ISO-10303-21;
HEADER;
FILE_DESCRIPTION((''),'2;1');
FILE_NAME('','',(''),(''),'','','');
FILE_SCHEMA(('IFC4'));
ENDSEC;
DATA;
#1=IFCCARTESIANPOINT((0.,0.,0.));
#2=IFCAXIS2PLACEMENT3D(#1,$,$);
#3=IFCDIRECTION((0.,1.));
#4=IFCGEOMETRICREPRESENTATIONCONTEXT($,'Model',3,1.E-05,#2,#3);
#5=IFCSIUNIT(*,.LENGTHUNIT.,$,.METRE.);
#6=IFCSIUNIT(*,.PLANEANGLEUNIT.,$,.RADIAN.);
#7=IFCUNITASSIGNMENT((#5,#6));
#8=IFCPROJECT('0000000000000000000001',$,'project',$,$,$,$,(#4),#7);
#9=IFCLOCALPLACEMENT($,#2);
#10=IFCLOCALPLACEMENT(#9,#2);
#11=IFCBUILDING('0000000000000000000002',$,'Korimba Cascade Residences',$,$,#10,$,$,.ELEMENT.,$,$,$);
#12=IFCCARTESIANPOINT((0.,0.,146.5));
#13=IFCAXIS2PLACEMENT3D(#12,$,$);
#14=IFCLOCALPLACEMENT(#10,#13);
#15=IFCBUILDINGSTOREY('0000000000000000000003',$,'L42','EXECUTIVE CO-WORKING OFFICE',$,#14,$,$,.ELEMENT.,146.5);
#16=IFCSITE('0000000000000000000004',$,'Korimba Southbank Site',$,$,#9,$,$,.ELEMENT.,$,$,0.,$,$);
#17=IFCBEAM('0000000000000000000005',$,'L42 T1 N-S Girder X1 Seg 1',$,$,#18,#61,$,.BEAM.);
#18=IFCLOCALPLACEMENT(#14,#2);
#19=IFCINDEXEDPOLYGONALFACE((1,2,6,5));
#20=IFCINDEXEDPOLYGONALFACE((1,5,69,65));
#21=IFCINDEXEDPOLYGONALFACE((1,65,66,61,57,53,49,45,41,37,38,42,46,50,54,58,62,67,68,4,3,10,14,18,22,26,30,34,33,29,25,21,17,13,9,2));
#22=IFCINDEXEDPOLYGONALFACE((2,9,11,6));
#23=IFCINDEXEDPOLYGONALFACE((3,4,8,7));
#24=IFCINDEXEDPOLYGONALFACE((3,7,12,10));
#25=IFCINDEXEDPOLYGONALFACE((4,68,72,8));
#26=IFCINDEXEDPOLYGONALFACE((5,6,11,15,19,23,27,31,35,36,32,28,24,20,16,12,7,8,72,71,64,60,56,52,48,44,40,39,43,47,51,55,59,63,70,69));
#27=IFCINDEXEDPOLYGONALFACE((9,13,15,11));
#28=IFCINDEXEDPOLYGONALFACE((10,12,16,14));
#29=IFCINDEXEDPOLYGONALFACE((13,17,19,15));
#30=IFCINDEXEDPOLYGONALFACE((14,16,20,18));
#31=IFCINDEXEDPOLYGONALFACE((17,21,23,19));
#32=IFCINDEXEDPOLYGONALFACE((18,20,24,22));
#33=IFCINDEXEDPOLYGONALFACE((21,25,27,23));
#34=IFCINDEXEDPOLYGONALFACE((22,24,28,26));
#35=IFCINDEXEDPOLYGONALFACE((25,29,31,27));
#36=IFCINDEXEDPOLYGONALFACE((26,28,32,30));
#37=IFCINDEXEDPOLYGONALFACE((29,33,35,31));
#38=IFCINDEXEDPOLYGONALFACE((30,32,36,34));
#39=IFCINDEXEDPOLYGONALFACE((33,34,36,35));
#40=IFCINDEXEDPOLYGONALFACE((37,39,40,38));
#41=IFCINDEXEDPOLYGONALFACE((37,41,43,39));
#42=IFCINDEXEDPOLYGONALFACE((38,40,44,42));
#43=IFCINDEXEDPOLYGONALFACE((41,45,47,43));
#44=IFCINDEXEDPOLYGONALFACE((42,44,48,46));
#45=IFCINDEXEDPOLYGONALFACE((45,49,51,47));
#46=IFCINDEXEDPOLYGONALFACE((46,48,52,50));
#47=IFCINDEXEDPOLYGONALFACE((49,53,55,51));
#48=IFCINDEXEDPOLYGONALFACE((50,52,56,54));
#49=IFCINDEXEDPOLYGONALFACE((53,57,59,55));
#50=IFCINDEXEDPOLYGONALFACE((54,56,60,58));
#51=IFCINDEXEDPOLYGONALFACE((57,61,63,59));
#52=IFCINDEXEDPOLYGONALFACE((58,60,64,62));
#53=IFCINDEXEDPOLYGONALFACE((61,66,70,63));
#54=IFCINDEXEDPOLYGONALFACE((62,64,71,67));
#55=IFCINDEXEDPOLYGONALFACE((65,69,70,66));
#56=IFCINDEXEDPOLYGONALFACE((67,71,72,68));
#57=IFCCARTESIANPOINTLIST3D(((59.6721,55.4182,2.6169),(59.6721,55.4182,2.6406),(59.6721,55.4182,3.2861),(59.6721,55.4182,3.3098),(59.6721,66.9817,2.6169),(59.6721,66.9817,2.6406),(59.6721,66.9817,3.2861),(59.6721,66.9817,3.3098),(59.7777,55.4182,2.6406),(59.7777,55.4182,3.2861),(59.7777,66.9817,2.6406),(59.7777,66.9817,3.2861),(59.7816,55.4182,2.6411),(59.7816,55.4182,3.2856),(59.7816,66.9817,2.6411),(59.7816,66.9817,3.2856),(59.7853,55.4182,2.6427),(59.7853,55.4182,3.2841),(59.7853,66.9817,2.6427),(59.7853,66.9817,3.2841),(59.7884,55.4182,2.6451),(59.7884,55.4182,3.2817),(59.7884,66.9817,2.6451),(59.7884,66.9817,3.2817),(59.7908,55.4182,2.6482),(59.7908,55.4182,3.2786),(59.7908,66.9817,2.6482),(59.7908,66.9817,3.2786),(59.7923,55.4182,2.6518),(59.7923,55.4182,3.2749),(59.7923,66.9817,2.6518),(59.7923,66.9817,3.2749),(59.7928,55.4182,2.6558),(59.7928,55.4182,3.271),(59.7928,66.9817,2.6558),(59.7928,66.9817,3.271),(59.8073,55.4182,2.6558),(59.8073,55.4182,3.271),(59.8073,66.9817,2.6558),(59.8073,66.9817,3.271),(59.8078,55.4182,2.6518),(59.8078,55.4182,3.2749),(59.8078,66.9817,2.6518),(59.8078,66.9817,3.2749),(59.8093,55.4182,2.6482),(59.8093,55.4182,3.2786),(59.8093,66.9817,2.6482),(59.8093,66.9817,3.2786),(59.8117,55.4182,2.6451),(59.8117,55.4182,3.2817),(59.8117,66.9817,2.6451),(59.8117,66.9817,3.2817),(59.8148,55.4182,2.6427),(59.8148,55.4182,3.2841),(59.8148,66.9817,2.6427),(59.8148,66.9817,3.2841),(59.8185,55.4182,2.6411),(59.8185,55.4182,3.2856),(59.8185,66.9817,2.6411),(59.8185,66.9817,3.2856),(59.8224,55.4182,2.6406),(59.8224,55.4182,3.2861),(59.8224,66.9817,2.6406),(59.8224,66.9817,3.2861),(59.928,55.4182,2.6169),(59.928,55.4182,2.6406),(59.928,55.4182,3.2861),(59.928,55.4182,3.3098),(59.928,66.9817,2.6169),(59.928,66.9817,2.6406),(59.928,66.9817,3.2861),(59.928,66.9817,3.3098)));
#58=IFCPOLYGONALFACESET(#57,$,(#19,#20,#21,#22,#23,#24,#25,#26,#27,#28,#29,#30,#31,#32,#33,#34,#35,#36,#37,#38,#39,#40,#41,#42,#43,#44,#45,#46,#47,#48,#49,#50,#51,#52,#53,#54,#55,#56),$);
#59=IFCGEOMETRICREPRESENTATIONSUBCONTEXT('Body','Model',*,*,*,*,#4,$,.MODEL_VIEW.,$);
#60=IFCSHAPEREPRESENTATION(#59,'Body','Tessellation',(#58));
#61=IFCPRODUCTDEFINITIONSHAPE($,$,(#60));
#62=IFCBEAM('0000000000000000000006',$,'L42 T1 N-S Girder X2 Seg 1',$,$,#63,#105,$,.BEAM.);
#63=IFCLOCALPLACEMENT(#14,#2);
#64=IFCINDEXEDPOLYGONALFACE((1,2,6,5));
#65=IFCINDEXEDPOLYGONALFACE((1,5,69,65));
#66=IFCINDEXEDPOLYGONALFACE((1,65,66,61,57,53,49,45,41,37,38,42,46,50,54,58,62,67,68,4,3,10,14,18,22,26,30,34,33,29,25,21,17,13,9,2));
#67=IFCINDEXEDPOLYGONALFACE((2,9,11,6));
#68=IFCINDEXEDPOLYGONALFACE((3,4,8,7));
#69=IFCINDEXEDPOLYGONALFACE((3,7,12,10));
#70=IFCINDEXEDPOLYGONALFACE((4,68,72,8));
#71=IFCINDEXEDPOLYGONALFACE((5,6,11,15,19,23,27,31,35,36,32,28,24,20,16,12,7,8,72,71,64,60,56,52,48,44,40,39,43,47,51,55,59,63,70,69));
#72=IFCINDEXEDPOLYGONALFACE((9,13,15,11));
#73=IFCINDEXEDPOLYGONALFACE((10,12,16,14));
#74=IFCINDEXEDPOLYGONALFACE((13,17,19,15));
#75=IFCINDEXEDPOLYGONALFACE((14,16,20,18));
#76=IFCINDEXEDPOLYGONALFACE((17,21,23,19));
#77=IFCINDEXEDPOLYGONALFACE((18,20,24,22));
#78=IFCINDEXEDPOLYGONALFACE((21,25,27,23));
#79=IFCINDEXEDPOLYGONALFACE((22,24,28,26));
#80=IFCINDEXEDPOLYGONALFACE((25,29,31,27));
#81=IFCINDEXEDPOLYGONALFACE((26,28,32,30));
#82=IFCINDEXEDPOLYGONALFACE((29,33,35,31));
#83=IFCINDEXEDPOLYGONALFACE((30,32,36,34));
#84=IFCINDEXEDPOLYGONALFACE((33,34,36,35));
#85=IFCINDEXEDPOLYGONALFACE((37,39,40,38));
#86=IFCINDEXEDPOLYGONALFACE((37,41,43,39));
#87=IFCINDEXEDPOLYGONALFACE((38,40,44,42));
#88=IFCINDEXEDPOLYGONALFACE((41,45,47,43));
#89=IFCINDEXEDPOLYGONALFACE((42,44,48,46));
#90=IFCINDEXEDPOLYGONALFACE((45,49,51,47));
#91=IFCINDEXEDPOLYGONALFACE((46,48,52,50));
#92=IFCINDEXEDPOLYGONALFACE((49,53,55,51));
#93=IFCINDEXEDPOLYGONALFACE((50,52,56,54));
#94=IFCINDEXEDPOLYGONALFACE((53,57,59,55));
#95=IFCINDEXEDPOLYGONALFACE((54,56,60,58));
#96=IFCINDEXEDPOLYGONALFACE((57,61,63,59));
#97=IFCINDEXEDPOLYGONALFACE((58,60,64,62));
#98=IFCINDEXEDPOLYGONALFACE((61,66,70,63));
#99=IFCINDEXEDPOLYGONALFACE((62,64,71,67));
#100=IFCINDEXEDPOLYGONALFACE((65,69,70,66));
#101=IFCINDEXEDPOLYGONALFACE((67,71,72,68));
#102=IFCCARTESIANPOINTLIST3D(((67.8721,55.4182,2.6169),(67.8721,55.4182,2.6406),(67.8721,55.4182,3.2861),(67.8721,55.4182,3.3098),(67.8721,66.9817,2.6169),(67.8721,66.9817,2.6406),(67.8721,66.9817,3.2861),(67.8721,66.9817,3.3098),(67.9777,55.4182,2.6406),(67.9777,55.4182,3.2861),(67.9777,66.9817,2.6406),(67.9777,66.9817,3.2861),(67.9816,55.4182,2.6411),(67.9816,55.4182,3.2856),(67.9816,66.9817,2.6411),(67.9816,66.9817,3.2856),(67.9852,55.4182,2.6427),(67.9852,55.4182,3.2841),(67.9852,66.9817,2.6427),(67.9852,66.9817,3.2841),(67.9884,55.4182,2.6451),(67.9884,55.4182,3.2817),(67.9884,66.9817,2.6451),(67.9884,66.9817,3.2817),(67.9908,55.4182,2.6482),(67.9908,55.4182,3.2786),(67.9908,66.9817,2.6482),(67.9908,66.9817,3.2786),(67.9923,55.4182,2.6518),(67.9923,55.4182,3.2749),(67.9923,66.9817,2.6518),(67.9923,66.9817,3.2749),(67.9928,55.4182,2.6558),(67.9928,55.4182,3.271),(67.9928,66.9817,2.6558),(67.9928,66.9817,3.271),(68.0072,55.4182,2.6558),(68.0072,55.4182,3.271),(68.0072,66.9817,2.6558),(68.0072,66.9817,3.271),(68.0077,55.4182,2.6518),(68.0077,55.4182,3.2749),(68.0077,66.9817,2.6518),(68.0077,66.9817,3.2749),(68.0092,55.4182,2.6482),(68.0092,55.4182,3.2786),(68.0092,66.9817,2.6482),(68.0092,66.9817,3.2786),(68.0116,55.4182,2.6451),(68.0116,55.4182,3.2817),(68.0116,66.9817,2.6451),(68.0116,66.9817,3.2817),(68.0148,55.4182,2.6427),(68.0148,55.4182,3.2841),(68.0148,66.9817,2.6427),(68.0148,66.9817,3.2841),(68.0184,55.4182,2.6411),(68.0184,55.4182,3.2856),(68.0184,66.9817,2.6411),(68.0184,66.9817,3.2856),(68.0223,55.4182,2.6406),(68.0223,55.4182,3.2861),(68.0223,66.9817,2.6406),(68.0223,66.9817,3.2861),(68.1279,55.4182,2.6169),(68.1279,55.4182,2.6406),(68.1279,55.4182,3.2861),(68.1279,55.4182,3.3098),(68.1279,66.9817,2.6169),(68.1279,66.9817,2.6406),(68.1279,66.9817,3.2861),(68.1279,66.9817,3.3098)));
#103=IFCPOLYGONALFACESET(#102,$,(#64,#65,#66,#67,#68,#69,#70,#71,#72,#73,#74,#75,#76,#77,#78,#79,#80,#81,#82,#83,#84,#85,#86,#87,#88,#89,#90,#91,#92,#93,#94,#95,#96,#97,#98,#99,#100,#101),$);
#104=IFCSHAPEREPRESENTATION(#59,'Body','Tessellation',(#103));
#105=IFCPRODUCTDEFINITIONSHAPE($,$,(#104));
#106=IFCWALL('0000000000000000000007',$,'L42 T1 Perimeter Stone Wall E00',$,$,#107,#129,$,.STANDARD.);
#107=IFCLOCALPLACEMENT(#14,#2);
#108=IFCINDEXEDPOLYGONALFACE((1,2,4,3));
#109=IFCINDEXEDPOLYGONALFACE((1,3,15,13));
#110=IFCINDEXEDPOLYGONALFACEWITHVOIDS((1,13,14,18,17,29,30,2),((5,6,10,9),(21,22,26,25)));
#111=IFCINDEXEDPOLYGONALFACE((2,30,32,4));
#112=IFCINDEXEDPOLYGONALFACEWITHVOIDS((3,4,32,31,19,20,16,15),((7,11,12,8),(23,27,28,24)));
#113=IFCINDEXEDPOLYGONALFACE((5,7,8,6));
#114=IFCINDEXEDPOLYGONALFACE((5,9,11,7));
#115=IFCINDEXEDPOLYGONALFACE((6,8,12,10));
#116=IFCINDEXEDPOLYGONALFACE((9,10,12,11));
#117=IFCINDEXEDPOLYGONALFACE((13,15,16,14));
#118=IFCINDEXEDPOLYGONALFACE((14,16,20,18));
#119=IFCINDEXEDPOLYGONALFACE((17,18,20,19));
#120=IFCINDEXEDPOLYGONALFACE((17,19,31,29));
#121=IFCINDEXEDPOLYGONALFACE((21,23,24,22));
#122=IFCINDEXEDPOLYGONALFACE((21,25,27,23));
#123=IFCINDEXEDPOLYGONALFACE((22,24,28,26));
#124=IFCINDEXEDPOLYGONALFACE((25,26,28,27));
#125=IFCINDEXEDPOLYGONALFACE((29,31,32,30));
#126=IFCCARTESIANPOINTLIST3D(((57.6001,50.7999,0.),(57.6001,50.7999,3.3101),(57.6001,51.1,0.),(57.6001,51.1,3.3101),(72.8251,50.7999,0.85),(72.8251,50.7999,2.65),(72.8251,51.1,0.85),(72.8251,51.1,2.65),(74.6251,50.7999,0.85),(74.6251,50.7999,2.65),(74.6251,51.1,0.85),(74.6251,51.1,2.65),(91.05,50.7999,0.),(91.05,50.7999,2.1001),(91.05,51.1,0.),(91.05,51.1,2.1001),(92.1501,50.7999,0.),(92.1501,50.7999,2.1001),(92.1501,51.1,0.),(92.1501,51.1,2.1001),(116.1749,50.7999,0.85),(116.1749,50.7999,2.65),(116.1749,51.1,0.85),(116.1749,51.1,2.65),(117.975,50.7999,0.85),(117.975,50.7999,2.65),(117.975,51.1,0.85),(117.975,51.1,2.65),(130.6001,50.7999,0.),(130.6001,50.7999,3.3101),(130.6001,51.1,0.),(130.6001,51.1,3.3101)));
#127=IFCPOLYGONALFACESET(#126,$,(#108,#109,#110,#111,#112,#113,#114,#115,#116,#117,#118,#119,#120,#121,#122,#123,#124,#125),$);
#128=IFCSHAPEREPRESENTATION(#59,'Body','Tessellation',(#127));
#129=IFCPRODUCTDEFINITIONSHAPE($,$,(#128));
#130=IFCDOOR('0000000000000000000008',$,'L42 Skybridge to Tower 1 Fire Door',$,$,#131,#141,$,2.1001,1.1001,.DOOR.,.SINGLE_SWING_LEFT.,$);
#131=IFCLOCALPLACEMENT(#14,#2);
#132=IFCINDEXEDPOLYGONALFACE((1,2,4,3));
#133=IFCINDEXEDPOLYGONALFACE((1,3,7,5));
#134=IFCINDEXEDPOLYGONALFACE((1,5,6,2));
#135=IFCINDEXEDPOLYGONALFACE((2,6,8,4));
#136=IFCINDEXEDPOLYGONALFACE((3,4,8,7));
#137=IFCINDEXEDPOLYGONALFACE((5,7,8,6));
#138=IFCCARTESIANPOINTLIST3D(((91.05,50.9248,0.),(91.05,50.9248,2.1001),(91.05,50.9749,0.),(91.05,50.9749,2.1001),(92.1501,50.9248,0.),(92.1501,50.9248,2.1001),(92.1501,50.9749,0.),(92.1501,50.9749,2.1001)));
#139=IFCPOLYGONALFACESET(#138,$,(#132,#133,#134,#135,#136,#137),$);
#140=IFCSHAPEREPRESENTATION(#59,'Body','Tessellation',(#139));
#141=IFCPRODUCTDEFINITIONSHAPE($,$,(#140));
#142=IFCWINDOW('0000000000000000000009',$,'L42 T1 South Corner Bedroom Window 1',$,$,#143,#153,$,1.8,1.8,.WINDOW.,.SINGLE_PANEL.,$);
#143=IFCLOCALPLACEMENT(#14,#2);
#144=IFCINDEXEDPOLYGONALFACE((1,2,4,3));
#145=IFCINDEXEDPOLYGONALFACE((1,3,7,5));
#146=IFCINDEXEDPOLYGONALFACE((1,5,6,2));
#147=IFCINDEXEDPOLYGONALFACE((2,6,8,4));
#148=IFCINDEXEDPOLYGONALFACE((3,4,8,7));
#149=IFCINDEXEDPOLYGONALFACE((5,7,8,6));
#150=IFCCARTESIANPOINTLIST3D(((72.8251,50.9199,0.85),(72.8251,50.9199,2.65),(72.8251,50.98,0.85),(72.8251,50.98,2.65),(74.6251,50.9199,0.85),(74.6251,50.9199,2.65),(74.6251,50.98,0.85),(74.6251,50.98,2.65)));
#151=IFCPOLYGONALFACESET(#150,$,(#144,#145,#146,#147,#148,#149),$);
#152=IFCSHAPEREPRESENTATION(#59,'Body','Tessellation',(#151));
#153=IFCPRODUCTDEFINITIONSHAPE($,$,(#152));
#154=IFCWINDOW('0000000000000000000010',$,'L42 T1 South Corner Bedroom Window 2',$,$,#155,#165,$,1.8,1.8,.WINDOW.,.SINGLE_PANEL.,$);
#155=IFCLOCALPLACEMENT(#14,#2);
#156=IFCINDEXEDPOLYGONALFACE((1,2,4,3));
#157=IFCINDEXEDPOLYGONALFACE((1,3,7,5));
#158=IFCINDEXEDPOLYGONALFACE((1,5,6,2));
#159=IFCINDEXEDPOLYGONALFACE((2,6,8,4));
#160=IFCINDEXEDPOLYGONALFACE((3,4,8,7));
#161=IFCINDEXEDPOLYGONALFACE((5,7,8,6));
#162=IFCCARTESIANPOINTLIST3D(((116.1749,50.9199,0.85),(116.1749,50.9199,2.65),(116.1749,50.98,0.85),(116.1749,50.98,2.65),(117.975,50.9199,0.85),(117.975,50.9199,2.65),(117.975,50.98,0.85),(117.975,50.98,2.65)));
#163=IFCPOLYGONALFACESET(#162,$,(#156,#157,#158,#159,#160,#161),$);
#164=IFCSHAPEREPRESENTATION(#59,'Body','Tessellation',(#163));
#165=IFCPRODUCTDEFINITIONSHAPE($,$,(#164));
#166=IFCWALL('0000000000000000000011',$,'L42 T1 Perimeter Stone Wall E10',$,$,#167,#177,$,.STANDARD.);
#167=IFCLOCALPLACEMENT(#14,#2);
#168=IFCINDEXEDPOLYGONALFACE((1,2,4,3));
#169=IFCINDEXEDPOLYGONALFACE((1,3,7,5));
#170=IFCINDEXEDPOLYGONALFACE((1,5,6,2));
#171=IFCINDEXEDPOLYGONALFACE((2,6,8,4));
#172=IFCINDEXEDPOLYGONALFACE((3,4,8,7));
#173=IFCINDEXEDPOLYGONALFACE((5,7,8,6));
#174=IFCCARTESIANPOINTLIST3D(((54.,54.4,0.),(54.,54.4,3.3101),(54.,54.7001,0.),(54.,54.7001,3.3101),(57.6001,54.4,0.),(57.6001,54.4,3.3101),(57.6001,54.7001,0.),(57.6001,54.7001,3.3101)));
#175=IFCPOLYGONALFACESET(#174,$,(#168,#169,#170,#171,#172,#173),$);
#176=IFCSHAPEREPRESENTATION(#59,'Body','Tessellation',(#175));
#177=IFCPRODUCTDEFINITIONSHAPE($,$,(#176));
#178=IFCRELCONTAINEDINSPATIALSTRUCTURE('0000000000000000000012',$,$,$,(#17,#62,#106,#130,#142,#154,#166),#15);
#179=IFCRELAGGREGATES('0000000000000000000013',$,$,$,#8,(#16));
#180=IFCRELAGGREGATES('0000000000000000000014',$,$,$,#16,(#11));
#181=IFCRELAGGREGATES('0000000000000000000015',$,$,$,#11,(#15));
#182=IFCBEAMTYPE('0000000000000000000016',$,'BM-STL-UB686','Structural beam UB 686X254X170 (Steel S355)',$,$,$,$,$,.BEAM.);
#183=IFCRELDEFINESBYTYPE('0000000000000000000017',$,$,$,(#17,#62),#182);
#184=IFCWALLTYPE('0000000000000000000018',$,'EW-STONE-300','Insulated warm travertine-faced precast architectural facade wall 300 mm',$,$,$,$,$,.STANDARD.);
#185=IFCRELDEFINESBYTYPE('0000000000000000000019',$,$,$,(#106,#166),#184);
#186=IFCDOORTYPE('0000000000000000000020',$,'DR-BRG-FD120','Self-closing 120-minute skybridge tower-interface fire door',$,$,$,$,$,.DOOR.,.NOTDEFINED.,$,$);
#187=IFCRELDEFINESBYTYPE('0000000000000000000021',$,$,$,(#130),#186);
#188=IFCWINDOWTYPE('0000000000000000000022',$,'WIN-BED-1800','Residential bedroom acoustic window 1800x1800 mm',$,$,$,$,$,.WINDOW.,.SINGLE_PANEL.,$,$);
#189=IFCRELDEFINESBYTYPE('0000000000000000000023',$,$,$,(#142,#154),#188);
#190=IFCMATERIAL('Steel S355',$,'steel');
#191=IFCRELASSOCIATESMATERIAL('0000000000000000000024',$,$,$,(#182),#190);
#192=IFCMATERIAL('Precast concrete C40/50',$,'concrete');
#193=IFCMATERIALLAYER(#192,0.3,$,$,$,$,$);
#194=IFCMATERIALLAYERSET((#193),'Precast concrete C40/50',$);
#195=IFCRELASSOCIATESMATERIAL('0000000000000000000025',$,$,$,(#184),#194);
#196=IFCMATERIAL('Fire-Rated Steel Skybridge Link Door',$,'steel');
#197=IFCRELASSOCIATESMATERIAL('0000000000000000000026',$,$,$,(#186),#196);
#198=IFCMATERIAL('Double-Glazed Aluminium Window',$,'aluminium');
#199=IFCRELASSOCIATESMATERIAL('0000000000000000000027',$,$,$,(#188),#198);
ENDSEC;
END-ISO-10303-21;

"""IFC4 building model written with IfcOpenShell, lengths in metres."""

from ifc_helpers import new_model, si_unit, direction, frame, frame_2d, origin, origin_2d, place, context, subcontext, project, spatial, rectangle, i_section, extrude, material, layer, layer_set, material_profile, profile_set, type_object, element, fill, save


model = new_model("IFC4")

# Units and contexts
model_context = context("Model", 3, precision=1e-05, world=origin(), true_north=direction((0.0, 1.0)))
body_context = subcontext(model_context, "Body", "Model", "MODEL_VIEW")
ifc_project = project(units=[si_unit("LENGTHUNIT", "METRE"), si_unit("PLANEANGLEUNIT", "RADIAN")], contexts=[model_context])

# Site, building, storey
site_placement = place(None, origin())
site = spatial("IfcSite", under=ifc_project, at=site_placement, Name="Korimba Southbank Site", CompositionType="ELEMENT", RefElevation=0.0)
building_placement = place(site_placement, origin())
building = spatial("IfcBuilding", under=site, at=building_placement, Name="Korimba Cascade Residences", CompositionType="ELEMENT")
storey_placement = place(building_placement, frame((0.0, 0.0, 146.5)))
storey = spatial("IfcBuildingStorey", under=building, at=storey_placement, Name="L42", Description="EXECUTIVE CO-WORKING OFFICE", CompositionType="ELEMENT", Elevation=146.5)

# Beams
ifc_material_1 = material(Name="Steel S355", Category="steel")
ifc_material_profile_1 = material_profile(ifc_material_1, i_section(OverallWidth=0.2559, OverallDepth=0.6929, WebThickness=0.0144, FlangeThickness=0.0237, FilletRadius=0.0151, at=origin_2d()), Name="Steel S355")
ifc_profile_set_1 = profile_set([ifc_material_profile_1], Name="Steel S355")
beam_type_1 = type_object("IfcBeamType", Name="BM-STL-UB686", Description="Structural beam UB 686X254X170 (Steel S355)", PredefinedType="BEAM", material=ifc_profile_set_1)
for number, where, z_axis, x_axis, name in (
    (1, (59.8, 55.4182, 2.9634), (0.0, 1.0, 0.0), (-1.0, 0.0, 0.0), "L42 T1 N-S Girder X1 Seg 1"),
    (2, (68.0, 55.4182, 2.9634), (0.0, 1.0, 0.0), (-1.0, 0.0, 0.0), "L42 T1 N-S Girder X2 Seg 1"),
):
    element("IfcBeam", number, at=place(storey_placement, frame(where, z_axis=z_axis, x_axis=x_axis)), inside=storey, type_object=beam_type_1, Name=name, PredefinedType="BEAM", context=body_context, shape_type="SweptSolid", body=[
        extrude(i_section(OverallWidth=0.2559, OverallDepth=0.6929, WebThickness=0.0144, FlangeThickness=0.0237, FilletRadius=0.0151, at=origin_2d()), origin(), (0.0, 0.0, 1.0), 11.5635),
    ])

# Wall, openings, door, windows
ifc_material_2 = material(Name="Precast concrete C40/50", Category="concrete")
ifc_layer_1 = layer(ifc_material_2, 0.3)
ifc_layer_set_1 = layer_set([ifc_layer_1], Name="Precast concrete C40/50")
wall_type_1 = type_object("IfcWallType", Name="EW-STONE-300", Description="Insulated warm travertine-faced precast architectural facade wall 300 mm", PredefinedType="STANDARD", material=ifc_layer_set_1)
wall_1_placement = place(storey_placement, frame((57.6001, 50.95, 0.0), z_axis=(0.0, 0.0, 1.0), x_axis=(1.0, 0.0, 0.0)))
wall_1 = element("IfcWall", 3, at=wall_1_placement, inside=storey, type_object=wall_type_1, Name="L42 T1 Perimeter Stone Wall E00", PredefinedType="STANDARD", context=body_context, shape_type="SweptSolid", body=[
    extrude(rectangle(XDim=73.0, YDim=0.3, at=frame_2d((36.5, 0.0))), origin(), (0.0, 0.0, 1.0), 3.3101),
])
opening_1_placement = place(wall_1_placement, frame((15.2251, 0.0, 0.8501)))
opening_1 = element("IfcOpeningElement", 4, at=opening_1_placement, cuts=wall_1, PredefinedType="OPENING", context=body_context, shape_type="SweptSolid", body=[
    extrude(rectangle(XDim=1.8, YDim=1.8, at=frame_2d((0.8999, 0.8999))), frame((0.0, 0.1602, 0.0), z_axis=(0.0, -1.0, 0.0), x_axis=(1.0, 0.0, 0.0)), (0.0, 0.0, 1.0), 0.3201),
])
opening_2_placement = place(wall_1_placement, frame((58.575, 0.0, 0.8501)))
opening_2 = element("IfcOpeningElement", 5, at=opening_2_placement, cuts=wall_1, PredefinedType="OPENING", context=body_context, shape_type="SweptSolid", body=[
    extrude(rectangle(XDim=1.8, YDim=1.8, at=frame_2d((0.8999, 0.8999))), frame((0.0, 0.1602, 0.0), z_axis=(0.0, -1.0, 0.0), x_axis=(1.0, 0.0, 0.0)), (0.0, 0.0, 1.0), 0.3201),
])
opening_3_placement = place(wall_1_placement, frame((33.45, 0.0, 0.0)))
opening_3 = element("IfcOpeningElement", 6, at=opening_3_placement, cuts=wall_1, PredefinedType="OPENING", context=body_context, shape_type="SweptSolid", body=[
    extrude(rectangle(XDim=1.1001, YDim=2.1001, at=frame_2d((0.55, 1.05))), frame((0.0, 0.1602, 0.0), z_axis=(0.0, -1.0, 0.0), x_axis=(1.0, 0.0, 0.0)), (0.0, 0.0, 1.0), 0.3201),
])
ifc_material_3 = material(Name="Fire-Rated Steel Skybridge Link Door", Category="steel")
door_type_1 = type_object("IfcDoorType", Name="DR-BRG-FD120", Description="Self-closing 120-minute skybridge tower-interface fire door", OperationType="NOTDEFINED", PredefinedType="DOOR", material=ifc_material_3)
door_1_placement = place(opening_3_placement, origin())
door_1 = element("IfcDoor", 7, at=door_1_placement, inside=storey, type_object=door_type_1, Name="L42 Skybridge to Tower 1 Fire Door", OperationType="SINGLE_SWING_LEFT", OverallHeight=2.1001, OverallWidth=1.1001, PredefinedType="DOOR", context=body_context, shape_type="SweptSolid", body=[
    extrude(rectangle(XDim=1.1001, YDim=2.1001, at=frame_2d((0.55, 1.05))), frame((0.0, 0.0249, 0.0), z_axis=(0.0, -1.0, 0.0), x_axis=(1.0, 0.0, 0.0)), (0.0, 0.0, 1.0), 0.05),
])
fill(opening_3, door_1)
ifc_material_4 = material(Name="Double-Glazed Aluminium Window", Category="aluminium")
window_type = type_object("IfcWindowType", Name="WIN-BED-1800", Description="Residential bedroom acoustic window 1800x1800 mm", PartitioningType="SINGLE_PANEL", PredefinedType="WINDOW", material=ifc_material_4)
window_1_placement = place(opening_1_placement, origin())
window_1 = element("IfcWindow", 8, at=window_1_placement, inside=storey, type_object=window_type, Name="L42 T1 South Corner Bedroom Window 1", OverallHeight=1.8, OverallWidth=1.8, PartitioningType="SINGLE_PANEL", PredefinedType="WINDOW", context=body_context, shape_type="SweptSolid", body=[
    extrude(rectangle(XDim=1.8, YDim=1.8, at=frame_2d((0.8999, 0.8999))), frame((0.0, 0.03, 0.0), z_axis=(0.0, -1.0, 0.0), x_axis=(1.0, 0.0, 0.0)), (0.0, 0.0, 1.0), 0.0601),
])
fill(opening_1, window_1)
window_2_placement = place(opening_2_placement, origin())
window_2 = element("IfcWindow", 9, at=window_2_placement, inside=storey, type_object=window_type, Name="L42 T1 South Corner Bedroom Window 2", OverallHeight=1.8, OverallWidth=1.8, PartitioningType="SINGLE_PANEL", PredefinedType="WINDOW", context=body_context, shape_type="SweptSolid", body=[
    extrude(rectangle(XDim=1.8, YDim=1.8, at=frame_2d((0.8999, 0.8999))), frame((0.0, 0.03, 0.0), z_axis=(0.0, -1.0, 0.0), x_axis=(1.0, 0.0, 0.0)), (0.0, 0.0, 1.0), 0.0601),
])
fill(opening_2, window_2)

# Wall
wall_2_placement = place(storey_placement, frame((54.0, 54.55, 0.0), z_axis=(0.0, 0.0, 1.0), x_axis=(1.0, 0.0, 0.0)))
element("IfcWall", 10, at=wall_2_placement, inside=storey, type_object=wall_type_1, Name="L42 T1 Perimeter Stone Wall E10", PredefinedType="STANDARD", context=body_context, shape_type="SweptSolid", body=[
    extrude(rectangle(XDim=3.6001, YDim=0.3, at=frame_2d((1.8, 0.0))), origin(), (0.0, 0.0, 1.0), 3.3101),
])

save(model, "model.ifc")
